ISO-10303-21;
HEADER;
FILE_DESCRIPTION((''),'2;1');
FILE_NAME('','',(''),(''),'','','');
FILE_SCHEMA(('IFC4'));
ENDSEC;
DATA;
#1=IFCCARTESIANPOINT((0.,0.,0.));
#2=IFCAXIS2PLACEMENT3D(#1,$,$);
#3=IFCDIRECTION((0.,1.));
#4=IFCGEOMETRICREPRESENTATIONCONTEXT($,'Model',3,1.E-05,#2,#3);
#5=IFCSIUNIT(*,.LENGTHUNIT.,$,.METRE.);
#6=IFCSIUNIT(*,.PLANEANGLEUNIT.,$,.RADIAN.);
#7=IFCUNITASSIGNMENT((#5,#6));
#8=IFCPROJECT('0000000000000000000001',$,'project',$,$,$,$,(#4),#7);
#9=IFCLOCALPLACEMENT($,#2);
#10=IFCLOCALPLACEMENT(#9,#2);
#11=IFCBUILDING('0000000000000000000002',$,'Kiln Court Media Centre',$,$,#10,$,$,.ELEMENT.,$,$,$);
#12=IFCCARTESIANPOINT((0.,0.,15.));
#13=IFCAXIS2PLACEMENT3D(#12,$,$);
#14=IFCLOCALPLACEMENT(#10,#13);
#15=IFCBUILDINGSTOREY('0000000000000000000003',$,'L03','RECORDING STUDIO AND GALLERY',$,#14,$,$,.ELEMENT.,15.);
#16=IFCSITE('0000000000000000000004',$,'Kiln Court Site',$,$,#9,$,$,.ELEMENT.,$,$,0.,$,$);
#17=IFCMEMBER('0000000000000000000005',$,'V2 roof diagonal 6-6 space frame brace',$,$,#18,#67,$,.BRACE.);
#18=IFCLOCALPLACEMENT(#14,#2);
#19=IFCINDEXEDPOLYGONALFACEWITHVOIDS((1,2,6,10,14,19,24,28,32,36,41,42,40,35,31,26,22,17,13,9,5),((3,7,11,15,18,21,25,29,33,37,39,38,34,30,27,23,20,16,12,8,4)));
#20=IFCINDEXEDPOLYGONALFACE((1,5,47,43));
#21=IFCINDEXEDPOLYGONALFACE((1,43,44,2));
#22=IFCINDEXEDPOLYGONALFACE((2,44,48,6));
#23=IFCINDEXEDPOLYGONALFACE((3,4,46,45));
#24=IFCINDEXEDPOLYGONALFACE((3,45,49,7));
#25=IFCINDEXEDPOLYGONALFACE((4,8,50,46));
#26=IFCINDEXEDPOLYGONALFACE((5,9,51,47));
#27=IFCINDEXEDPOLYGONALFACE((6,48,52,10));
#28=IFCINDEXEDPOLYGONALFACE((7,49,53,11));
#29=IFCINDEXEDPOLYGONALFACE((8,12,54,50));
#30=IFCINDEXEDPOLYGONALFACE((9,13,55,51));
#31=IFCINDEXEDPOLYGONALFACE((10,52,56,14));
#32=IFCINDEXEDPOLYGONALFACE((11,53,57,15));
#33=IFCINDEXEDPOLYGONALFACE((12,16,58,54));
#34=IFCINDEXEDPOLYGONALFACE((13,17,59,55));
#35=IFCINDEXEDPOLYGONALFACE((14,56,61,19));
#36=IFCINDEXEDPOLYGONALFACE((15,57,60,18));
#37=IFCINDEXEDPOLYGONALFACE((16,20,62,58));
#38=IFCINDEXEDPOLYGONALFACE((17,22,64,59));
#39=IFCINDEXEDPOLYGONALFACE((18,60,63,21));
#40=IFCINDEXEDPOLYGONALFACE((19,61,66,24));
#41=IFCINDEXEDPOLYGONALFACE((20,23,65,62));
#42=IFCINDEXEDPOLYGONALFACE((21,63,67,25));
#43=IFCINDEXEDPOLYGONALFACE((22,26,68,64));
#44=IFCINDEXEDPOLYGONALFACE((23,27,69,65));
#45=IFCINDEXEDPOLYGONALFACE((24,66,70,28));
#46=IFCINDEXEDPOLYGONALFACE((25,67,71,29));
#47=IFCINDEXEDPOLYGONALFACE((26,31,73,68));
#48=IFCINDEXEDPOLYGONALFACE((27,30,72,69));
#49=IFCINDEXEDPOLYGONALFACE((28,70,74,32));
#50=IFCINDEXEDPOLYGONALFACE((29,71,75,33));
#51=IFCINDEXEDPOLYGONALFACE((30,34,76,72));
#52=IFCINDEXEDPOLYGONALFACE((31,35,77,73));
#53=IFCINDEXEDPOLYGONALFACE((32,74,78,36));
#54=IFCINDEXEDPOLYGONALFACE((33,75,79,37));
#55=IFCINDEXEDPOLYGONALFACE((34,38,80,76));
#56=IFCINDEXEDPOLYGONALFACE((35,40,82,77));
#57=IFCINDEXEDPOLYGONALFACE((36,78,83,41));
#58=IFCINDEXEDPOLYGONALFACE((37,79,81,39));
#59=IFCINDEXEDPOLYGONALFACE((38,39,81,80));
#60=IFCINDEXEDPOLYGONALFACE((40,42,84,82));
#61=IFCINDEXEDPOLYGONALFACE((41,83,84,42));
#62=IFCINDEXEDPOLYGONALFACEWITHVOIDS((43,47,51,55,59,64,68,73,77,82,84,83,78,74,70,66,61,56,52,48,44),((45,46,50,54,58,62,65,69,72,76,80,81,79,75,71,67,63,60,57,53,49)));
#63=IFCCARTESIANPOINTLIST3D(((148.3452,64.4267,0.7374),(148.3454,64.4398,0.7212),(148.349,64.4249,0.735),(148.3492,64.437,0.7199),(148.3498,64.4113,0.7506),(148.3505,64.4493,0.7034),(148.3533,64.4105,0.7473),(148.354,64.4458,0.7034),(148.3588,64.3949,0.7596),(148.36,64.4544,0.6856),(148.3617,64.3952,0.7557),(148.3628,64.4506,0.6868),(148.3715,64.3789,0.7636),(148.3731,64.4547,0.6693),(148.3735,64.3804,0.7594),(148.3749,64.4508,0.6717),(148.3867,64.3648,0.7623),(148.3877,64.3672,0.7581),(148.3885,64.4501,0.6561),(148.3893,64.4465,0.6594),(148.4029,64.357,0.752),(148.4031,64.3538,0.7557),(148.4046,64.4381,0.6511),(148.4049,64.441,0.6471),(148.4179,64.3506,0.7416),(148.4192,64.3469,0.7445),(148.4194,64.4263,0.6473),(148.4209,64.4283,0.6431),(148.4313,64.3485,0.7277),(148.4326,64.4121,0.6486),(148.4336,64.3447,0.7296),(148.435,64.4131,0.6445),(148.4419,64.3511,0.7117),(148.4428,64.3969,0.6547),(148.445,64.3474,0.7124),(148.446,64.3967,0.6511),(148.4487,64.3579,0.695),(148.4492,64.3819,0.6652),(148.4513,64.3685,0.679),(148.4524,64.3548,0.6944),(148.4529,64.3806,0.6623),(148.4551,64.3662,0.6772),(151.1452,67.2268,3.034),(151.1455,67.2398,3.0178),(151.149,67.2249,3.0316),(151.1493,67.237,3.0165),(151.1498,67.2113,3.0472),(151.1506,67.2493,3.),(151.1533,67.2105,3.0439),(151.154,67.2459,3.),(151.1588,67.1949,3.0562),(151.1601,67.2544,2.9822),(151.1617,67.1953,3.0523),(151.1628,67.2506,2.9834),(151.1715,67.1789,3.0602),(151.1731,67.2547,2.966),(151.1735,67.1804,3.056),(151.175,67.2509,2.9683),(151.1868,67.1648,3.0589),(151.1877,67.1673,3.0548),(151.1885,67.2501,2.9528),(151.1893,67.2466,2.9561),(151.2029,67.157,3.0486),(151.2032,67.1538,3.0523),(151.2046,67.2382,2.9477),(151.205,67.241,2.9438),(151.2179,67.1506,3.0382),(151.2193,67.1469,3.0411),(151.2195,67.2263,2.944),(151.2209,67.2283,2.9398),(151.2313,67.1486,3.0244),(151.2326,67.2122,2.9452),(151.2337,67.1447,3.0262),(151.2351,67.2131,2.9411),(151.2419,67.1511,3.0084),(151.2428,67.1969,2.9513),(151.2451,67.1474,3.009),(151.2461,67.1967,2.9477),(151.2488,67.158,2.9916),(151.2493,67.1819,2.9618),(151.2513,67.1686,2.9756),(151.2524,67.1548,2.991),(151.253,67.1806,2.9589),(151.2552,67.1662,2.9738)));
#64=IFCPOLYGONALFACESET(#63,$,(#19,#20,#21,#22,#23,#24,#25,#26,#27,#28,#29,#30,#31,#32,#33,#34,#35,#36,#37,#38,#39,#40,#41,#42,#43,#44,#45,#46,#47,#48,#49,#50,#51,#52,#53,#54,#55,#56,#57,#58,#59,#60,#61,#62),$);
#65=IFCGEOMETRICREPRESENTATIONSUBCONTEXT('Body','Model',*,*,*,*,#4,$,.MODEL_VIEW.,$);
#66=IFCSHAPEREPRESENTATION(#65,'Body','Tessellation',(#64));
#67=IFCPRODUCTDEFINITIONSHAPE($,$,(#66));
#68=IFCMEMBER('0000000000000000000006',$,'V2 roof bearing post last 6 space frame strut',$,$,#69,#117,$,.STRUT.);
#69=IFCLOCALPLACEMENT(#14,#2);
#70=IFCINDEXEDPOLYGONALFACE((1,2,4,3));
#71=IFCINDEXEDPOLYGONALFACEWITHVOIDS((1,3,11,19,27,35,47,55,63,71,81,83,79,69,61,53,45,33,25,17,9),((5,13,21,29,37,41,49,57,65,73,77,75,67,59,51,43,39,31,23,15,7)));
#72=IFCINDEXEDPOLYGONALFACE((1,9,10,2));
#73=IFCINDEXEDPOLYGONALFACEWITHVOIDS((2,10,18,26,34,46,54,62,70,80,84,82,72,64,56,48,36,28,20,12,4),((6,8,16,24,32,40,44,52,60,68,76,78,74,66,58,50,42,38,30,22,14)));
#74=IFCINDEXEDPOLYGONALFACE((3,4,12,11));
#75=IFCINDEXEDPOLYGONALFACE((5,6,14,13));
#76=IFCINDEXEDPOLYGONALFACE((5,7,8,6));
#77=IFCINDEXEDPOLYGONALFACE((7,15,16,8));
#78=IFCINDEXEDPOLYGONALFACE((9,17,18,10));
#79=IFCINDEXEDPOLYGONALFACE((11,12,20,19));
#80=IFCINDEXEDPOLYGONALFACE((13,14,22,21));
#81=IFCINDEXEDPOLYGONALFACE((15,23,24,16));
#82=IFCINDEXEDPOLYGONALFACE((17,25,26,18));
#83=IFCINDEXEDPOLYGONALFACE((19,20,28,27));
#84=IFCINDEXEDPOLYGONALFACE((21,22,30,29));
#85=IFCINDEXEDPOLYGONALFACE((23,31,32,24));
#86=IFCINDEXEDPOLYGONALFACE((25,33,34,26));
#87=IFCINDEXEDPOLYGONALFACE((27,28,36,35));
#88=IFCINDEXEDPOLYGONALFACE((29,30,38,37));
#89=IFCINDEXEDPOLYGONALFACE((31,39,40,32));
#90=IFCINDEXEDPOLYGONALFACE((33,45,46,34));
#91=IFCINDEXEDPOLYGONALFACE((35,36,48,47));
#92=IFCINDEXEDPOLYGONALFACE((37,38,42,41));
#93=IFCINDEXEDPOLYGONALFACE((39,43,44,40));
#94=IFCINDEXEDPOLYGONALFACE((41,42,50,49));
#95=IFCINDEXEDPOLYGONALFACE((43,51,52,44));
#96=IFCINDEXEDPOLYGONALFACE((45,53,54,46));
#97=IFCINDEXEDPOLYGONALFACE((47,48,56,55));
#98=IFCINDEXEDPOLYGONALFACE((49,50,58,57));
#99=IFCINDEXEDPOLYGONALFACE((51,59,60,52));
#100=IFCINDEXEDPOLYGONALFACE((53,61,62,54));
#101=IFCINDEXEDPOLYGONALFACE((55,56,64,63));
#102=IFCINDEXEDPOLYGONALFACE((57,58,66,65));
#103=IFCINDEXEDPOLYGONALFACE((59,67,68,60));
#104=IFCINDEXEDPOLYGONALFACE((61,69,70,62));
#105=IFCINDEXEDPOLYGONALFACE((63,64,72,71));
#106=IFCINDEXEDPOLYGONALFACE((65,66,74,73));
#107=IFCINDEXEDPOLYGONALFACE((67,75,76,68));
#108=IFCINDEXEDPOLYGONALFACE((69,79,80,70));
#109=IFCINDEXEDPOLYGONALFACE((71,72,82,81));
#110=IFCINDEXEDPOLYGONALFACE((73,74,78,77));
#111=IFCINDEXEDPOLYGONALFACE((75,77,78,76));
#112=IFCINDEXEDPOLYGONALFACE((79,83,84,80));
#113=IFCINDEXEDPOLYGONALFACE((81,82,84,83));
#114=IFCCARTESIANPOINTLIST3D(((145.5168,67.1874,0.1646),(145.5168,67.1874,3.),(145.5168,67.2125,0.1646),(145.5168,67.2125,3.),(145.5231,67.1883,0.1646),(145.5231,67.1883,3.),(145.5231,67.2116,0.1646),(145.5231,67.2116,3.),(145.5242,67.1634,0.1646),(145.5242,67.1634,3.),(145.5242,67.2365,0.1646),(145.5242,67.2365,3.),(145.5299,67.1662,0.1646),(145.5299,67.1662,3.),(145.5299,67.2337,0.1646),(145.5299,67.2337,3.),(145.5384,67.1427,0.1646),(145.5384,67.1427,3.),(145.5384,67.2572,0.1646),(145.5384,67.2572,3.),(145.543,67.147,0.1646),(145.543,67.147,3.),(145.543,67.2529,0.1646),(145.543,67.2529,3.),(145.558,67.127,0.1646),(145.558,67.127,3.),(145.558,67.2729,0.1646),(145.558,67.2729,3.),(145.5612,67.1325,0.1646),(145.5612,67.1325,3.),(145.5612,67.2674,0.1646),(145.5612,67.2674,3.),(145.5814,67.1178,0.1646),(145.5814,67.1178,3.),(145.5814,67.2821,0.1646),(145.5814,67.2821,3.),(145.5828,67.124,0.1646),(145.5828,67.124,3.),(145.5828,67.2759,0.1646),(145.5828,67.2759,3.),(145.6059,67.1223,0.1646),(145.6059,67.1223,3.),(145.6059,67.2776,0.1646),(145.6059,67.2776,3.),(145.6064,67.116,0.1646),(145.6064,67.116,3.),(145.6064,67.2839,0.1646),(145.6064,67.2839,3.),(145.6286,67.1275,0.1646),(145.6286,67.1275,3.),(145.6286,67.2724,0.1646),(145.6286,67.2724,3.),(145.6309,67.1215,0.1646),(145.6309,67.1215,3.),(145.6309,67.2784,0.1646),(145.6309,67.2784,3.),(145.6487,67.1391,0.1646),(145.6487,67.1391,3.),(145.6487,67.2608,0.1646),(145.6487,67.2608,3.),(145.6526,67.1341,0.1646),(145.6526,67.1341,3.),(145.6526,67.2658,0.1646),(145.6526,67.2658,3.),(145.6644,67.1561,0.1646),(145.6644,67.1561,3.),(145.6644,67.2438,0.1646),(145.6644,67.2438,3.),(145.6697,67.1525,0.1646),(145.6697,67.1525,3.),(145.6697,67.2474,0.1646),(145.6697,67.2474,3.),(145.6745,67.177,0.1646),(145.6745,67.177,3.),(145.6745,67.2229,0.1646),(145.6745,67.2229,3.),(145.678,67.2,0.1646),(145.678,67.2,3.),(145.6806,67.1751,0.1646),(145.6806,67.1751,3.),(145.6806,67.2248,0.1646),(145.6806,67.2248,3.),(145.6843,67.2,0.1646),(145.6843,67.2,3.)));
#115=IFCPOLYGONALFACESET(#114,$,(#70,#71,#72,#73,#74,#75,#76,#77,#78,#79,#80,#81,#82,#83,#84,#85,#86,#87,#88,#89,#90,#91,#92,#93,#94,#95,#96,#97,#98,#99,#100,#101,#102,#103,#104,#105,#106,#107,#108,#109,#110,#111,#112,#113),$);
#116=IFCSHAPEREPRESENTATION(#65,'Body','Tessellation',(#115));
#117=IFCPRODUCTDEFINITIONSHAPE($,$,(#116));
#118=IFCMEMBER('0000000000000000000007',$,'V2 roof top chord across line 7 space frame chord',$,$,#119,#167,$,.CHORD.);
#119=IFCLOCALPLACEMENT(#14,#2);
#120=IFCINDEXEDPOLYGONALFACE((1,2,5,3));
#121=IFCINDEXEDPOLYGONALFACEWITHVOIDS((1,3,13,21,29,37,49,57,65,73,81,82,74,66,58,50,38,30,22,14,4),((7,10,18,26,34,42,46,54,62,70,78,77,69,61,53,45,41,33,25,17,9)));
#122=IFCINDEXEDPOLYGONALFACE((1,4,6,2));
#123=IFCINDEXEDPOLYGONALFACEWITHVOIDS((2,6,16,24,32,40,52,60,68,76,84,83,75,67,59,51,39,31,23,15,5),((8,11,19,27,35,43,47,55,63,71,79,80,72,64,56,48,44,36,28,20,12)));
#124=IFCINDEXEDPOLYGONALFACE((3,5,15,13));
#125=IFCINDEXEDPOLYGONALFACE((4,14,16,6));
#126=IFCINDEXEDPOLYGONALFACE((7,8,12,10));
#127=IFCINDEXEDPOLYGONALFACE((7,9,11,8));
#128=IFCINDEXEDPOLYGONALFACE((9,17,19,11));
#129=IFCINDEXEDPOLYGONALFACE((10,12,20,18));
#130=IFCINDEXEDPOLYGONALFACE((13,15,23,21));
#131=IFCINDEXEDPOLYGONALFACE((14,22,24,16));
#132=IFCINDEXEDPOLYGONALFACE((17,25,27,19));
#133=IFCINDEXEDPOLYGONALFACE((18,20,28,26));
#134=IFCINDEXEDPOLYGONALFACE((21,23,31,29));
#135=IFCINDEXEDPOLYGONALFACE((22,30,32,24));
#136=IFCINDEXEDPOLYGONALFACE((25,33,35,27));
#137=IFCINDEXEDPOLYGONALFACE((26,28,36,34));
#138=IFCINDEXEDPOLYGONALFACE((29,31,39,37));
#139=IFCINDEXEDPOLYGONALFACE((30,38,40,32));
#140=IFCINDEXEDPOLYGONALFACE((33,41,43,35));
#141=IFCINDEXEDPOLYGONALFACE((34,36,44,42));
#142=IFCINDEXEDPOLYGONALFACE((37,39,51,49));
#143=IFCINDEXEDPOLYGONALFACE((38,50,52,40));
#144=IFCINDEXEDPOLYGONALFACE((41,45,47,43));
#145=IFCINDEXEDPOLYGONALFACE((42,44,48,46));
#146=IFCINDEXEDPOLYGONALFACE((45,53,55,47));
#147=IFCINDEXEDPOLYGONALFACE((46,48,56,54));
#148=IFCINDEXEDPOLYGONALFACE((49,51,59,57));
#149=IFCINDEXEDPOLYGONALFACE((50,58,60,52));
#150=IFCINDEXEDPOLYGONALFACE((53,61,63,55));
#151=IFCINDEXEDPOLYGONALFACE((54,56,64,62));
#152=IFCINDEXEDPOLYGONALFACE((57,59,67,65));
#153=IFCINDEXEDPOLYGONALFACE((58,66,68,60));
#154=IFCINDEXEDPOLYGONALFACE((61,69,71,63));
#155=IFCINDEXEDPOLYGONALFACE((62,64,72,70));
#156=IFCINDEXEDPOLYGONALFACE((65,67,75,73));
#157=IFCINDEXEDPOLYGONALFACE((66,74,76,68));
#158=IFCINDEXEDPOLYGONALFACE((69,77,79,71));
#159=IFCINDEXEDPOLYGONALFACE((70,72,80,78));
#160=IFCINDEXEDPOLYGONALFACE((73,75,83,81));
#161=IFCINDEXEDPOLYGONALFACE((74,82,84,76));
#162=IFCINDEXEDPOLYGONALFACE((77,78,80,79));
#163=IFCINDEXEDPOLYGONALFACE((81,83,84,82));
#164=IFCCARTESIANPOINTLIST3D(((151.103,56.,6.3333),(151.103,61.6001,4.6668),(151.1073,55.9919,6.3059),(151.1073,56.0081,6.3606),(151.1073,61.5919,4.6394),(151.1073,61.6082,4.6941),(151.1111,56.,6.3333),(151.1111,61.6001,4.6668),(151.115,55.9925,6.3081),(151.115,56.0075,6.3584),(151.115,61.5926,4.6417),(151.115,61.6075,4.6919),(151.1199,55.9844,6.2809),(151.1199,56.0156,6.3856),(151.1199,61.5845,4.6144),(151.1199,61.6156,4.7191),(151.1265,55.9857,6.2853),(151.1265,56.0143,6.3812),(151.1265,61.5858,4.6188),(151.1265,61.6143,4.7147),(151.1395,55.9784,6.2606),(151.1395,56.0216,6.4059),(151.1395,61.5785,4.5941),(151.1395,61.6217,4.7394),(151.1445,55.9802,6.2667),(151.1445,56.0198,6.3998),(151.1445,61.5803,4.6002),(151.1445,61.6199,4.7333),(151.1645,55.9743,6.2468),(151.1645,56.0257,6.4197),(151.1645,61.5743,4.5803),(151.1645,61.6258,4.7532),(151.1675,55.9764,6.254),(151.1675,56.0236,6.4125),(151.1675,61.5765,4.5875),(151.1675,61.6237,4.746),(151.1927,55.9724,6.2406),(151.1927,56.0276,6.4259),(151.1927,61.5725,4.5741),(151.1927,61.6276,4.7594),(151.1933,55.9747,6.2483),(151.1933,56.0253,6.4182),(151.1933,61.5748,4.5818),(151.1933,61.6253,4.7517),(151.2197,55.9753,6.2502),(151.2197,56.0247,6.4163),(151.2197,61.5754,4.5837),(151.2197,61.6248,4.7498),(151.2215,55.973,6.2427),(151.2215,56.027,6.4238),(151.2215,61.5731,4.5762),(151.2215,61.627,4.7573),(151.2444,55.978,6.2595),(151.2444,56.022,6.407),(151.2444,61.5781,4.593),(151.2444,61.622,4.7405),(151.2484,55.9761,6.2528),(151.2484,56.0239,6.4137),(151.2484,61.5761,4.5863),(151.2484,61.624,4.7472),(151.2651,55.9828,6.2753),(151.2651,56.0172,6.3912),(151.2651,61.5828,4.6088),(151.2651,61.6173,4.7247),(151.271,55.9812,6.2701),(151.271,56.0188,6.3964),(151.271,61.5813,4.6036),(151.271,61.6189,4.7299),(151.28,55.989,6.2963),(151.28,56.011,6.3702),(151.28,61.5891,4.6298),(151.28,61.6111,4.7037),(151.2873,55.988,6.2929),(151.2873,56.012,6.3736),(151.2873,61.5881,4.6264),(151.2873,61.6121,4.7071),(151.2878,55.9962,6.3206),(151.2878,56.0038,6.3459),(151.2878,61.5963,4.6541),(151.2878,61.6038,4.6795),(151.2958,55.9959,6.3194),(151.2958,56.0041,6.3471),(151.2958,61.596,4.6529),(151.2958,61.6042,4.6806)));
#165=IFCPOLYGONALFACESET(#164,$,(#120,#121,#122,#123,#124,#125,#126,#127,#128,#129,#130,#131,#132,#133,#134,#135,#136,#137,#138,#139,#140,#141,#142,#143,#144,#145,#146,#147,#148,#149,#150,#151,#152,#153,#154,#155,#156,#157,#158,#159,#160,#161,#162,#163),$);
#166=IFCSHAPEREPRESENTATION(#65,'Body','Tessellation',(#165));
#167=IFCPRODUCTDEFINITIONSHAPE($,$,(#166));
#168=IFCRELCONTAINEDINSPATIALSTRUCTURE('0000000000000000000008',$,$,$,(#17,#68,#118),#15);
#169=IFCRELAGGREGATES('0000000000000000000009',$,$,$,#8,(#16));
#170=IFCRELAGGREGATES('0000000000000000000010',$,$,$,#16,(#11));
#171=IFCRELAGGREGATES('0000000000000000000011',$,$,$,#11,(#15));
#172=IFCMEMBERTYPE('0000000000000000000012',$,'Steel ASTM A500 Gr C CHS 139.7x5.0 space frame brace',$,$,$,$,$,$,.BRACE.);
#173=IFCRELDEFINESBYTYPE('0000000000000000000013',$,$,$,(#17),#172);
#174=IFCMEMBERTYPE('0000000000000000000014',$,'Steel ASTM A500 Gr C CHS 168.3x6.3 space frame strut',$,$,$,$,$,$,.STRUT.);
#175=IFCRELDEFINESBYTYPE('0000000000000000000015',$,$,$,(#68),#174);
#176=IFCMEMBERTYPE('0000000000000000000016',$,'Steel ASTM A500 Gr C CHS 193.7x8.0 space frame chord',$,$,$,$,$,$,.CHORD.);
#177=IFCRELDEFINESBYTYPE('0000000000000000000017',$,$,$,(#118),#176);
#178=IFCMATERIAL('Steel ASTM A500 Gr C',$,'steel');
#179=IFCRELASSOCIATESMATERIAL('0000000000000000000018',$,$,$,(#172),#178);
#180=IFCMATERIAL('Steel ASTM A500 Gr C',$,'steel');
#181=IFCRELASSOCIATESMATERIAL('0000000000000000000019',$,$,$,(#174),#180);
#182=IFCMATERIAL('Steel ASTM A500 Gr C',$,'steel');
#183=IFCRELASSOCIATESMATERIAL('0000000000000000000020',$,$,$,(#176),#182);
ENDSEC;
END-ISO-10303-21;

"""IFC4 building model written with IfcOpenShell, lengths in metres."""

from ifc_helpers import new_model, si_unit, direction, frame, origin, origin_2d, place, context, subcontext, project, spatial, hollow_circle, extrude, material, material_profile, profile_set, type_object, element, save


model = new_model("IFC4")

# Units and contexts
model_context = context("Model", 3, precision=1e-05, world=origin(), true_north=direction((0.0, 1.0)))
body_context = subcontext(model_context, "Body", "Model", "MODEL_VIEW")
ifc_project = project(units=[si_unit("LENGTHUNIT", "METRE"), si_unit("PLANEANGLEUNIT", "RADIAN")], contexts=[model_context])

# Site, building, storey
site_placement = place(None, origin())
site = spatial("IfcSite", under=ifc_project, at=site_placement, Name="Kiln Court Site", CompositionType="ELEMENT", RefElevation=0.0)
building_placement = place(site_placement, origin())
building = spatial("IfcBuilding", under=site, at=building_placement, Name="Kiln Court Media Centre", CompositionType="ELEMENT")
storey_placement = place(building_placement, frame((0.0, 0.0, 15.0)))
storey = spatial("IfcBuildingStorey", under=building, at=storey_placement, Name="L03", Description="RECORDING STUDIO AND GALLERY", CompositionType="ELEMENT", Elevation=15.0)

# Members
ifc_material_1 = material(Name="Steel ASTM A500 Gr C", Category="steel")
ifc_material_profile_1 = material_profile(ifc_material_1, hollow_circle(Radius=0.0698, WallThickness=0.0049, at=origin_2d()), Name="CHS 139.7x5.0")
ifc_profile_set_1 = profile_set([ifc_material_profile_1], Name="Steel ASTM A500 Gr C")
member_type_1 = type_object("IfcMemberType", Name="Steel ASTM A500 Gr C CHS 139.7x5.0 space frame brace", PredefinedType="BRACE", material=ifc_profile_set_1)
member_1_placement = place(storey_placement, frame((148.3999, 64.3999, 0.7034), z_axis=(0.611676, 0.611676, 0.501703), x_axis=(-0.707107, 0.707107, 0.0)))
element("IfcMember", 1, at=member_1_placement, inside=storey, type_object=member_type_1, Name="V2 roof diagonal 6-6 space frame brace", PredefinedType="BRACE", context=body_context, shape_type="SweptSolid", body=[
    extrude(hollow_circle(Radius=0.0698, WallThickness=0.0049, at=origin_2d()), origin(), (0.0, 0.0, 1.0), 4.5776),
])
ifc_material_2 = material(Name="Steel ASTM A500 Gr C", Category="steel")
ifc_material_profile_2 = material_profile(ifc_material_2, hollow_circle(Radius=0.0842, WallThickness=0.0063, at=origin_2d()), Name="CHS 168.3x6.3")
ifc_profile_set_2 = profile_set([ifc_material_profile_2], Name="Steel ASTM A500 Gr C")
member_type_2 = type_object("IfcMemberType", Name="Steel ASTM A500 Gr C CHS 168.3x6.3 space frame strut", PredefinedType="STRUT", material=ifc_profile_set_2)
member_2_placement = place(storey_placement, frame((145.6001, 67.2, 0.1646), z_axis=(0.0, 0.0, 1.0), x_axis=(1.0, 0.0, 0.0)))
element("IfcMember", 2, at=member_2_placement, inside=storey, type_object=member_type_2, Name="V2 roof bearing post last 6 space frame strut", PredefinedType="STRUT", context=body_context, shape_type="SweptSolid", body=[
    extrude(hollow_circle(Radius=0.0842, WallThickness=0.0063, at=origin_2d()), origin(), (0.0, 0.0, 1.0), 2.8354),
])
ifc_material_3 = material(Name="Steel ASTM A500 Gr C", Category="steel")
ifc_material_profile_3 = material_profile(ifc_material_3, hollow_circle(Radius=0.0969, WallThickness=0.0081, at=origin_2d()), Name="CHS 193.7x8.0")
ifc_profile_set_3 = profile_set([ifc_material_profile_3], Name="Steel ASTM A500 Gr C")
member_type_3 = type_object("IfcMemberType", Name="Steel ASTM A500 Gr C CHS 193.7x8.0 space frame chord", PredefinedType="CHORD", material=ifc_profile_set_3)
member_3_placement = place(storey_placement, frame((151.2, 56.0, 6.3333), z_axis=(0.0, 0.958461, -0.285223), x_axis=(-1.0, 0.0, 0.0)))
element("IfcMember", 3, at=member_3_placement, inside=storey, type_object=member_type_3, Name="V2 roof top chord across line 7 space frame chord", PredefinedType="CHORD", context=body_context, shape_type="SweptSolid", body=[
    extrude(hollow_circle(Radius=0.0969, WallThickness=0.0081, at=origin_2d()), origin(), (0.0, 0.0, 1.0), 5.8428),
])

save(model, "model.ifc")
